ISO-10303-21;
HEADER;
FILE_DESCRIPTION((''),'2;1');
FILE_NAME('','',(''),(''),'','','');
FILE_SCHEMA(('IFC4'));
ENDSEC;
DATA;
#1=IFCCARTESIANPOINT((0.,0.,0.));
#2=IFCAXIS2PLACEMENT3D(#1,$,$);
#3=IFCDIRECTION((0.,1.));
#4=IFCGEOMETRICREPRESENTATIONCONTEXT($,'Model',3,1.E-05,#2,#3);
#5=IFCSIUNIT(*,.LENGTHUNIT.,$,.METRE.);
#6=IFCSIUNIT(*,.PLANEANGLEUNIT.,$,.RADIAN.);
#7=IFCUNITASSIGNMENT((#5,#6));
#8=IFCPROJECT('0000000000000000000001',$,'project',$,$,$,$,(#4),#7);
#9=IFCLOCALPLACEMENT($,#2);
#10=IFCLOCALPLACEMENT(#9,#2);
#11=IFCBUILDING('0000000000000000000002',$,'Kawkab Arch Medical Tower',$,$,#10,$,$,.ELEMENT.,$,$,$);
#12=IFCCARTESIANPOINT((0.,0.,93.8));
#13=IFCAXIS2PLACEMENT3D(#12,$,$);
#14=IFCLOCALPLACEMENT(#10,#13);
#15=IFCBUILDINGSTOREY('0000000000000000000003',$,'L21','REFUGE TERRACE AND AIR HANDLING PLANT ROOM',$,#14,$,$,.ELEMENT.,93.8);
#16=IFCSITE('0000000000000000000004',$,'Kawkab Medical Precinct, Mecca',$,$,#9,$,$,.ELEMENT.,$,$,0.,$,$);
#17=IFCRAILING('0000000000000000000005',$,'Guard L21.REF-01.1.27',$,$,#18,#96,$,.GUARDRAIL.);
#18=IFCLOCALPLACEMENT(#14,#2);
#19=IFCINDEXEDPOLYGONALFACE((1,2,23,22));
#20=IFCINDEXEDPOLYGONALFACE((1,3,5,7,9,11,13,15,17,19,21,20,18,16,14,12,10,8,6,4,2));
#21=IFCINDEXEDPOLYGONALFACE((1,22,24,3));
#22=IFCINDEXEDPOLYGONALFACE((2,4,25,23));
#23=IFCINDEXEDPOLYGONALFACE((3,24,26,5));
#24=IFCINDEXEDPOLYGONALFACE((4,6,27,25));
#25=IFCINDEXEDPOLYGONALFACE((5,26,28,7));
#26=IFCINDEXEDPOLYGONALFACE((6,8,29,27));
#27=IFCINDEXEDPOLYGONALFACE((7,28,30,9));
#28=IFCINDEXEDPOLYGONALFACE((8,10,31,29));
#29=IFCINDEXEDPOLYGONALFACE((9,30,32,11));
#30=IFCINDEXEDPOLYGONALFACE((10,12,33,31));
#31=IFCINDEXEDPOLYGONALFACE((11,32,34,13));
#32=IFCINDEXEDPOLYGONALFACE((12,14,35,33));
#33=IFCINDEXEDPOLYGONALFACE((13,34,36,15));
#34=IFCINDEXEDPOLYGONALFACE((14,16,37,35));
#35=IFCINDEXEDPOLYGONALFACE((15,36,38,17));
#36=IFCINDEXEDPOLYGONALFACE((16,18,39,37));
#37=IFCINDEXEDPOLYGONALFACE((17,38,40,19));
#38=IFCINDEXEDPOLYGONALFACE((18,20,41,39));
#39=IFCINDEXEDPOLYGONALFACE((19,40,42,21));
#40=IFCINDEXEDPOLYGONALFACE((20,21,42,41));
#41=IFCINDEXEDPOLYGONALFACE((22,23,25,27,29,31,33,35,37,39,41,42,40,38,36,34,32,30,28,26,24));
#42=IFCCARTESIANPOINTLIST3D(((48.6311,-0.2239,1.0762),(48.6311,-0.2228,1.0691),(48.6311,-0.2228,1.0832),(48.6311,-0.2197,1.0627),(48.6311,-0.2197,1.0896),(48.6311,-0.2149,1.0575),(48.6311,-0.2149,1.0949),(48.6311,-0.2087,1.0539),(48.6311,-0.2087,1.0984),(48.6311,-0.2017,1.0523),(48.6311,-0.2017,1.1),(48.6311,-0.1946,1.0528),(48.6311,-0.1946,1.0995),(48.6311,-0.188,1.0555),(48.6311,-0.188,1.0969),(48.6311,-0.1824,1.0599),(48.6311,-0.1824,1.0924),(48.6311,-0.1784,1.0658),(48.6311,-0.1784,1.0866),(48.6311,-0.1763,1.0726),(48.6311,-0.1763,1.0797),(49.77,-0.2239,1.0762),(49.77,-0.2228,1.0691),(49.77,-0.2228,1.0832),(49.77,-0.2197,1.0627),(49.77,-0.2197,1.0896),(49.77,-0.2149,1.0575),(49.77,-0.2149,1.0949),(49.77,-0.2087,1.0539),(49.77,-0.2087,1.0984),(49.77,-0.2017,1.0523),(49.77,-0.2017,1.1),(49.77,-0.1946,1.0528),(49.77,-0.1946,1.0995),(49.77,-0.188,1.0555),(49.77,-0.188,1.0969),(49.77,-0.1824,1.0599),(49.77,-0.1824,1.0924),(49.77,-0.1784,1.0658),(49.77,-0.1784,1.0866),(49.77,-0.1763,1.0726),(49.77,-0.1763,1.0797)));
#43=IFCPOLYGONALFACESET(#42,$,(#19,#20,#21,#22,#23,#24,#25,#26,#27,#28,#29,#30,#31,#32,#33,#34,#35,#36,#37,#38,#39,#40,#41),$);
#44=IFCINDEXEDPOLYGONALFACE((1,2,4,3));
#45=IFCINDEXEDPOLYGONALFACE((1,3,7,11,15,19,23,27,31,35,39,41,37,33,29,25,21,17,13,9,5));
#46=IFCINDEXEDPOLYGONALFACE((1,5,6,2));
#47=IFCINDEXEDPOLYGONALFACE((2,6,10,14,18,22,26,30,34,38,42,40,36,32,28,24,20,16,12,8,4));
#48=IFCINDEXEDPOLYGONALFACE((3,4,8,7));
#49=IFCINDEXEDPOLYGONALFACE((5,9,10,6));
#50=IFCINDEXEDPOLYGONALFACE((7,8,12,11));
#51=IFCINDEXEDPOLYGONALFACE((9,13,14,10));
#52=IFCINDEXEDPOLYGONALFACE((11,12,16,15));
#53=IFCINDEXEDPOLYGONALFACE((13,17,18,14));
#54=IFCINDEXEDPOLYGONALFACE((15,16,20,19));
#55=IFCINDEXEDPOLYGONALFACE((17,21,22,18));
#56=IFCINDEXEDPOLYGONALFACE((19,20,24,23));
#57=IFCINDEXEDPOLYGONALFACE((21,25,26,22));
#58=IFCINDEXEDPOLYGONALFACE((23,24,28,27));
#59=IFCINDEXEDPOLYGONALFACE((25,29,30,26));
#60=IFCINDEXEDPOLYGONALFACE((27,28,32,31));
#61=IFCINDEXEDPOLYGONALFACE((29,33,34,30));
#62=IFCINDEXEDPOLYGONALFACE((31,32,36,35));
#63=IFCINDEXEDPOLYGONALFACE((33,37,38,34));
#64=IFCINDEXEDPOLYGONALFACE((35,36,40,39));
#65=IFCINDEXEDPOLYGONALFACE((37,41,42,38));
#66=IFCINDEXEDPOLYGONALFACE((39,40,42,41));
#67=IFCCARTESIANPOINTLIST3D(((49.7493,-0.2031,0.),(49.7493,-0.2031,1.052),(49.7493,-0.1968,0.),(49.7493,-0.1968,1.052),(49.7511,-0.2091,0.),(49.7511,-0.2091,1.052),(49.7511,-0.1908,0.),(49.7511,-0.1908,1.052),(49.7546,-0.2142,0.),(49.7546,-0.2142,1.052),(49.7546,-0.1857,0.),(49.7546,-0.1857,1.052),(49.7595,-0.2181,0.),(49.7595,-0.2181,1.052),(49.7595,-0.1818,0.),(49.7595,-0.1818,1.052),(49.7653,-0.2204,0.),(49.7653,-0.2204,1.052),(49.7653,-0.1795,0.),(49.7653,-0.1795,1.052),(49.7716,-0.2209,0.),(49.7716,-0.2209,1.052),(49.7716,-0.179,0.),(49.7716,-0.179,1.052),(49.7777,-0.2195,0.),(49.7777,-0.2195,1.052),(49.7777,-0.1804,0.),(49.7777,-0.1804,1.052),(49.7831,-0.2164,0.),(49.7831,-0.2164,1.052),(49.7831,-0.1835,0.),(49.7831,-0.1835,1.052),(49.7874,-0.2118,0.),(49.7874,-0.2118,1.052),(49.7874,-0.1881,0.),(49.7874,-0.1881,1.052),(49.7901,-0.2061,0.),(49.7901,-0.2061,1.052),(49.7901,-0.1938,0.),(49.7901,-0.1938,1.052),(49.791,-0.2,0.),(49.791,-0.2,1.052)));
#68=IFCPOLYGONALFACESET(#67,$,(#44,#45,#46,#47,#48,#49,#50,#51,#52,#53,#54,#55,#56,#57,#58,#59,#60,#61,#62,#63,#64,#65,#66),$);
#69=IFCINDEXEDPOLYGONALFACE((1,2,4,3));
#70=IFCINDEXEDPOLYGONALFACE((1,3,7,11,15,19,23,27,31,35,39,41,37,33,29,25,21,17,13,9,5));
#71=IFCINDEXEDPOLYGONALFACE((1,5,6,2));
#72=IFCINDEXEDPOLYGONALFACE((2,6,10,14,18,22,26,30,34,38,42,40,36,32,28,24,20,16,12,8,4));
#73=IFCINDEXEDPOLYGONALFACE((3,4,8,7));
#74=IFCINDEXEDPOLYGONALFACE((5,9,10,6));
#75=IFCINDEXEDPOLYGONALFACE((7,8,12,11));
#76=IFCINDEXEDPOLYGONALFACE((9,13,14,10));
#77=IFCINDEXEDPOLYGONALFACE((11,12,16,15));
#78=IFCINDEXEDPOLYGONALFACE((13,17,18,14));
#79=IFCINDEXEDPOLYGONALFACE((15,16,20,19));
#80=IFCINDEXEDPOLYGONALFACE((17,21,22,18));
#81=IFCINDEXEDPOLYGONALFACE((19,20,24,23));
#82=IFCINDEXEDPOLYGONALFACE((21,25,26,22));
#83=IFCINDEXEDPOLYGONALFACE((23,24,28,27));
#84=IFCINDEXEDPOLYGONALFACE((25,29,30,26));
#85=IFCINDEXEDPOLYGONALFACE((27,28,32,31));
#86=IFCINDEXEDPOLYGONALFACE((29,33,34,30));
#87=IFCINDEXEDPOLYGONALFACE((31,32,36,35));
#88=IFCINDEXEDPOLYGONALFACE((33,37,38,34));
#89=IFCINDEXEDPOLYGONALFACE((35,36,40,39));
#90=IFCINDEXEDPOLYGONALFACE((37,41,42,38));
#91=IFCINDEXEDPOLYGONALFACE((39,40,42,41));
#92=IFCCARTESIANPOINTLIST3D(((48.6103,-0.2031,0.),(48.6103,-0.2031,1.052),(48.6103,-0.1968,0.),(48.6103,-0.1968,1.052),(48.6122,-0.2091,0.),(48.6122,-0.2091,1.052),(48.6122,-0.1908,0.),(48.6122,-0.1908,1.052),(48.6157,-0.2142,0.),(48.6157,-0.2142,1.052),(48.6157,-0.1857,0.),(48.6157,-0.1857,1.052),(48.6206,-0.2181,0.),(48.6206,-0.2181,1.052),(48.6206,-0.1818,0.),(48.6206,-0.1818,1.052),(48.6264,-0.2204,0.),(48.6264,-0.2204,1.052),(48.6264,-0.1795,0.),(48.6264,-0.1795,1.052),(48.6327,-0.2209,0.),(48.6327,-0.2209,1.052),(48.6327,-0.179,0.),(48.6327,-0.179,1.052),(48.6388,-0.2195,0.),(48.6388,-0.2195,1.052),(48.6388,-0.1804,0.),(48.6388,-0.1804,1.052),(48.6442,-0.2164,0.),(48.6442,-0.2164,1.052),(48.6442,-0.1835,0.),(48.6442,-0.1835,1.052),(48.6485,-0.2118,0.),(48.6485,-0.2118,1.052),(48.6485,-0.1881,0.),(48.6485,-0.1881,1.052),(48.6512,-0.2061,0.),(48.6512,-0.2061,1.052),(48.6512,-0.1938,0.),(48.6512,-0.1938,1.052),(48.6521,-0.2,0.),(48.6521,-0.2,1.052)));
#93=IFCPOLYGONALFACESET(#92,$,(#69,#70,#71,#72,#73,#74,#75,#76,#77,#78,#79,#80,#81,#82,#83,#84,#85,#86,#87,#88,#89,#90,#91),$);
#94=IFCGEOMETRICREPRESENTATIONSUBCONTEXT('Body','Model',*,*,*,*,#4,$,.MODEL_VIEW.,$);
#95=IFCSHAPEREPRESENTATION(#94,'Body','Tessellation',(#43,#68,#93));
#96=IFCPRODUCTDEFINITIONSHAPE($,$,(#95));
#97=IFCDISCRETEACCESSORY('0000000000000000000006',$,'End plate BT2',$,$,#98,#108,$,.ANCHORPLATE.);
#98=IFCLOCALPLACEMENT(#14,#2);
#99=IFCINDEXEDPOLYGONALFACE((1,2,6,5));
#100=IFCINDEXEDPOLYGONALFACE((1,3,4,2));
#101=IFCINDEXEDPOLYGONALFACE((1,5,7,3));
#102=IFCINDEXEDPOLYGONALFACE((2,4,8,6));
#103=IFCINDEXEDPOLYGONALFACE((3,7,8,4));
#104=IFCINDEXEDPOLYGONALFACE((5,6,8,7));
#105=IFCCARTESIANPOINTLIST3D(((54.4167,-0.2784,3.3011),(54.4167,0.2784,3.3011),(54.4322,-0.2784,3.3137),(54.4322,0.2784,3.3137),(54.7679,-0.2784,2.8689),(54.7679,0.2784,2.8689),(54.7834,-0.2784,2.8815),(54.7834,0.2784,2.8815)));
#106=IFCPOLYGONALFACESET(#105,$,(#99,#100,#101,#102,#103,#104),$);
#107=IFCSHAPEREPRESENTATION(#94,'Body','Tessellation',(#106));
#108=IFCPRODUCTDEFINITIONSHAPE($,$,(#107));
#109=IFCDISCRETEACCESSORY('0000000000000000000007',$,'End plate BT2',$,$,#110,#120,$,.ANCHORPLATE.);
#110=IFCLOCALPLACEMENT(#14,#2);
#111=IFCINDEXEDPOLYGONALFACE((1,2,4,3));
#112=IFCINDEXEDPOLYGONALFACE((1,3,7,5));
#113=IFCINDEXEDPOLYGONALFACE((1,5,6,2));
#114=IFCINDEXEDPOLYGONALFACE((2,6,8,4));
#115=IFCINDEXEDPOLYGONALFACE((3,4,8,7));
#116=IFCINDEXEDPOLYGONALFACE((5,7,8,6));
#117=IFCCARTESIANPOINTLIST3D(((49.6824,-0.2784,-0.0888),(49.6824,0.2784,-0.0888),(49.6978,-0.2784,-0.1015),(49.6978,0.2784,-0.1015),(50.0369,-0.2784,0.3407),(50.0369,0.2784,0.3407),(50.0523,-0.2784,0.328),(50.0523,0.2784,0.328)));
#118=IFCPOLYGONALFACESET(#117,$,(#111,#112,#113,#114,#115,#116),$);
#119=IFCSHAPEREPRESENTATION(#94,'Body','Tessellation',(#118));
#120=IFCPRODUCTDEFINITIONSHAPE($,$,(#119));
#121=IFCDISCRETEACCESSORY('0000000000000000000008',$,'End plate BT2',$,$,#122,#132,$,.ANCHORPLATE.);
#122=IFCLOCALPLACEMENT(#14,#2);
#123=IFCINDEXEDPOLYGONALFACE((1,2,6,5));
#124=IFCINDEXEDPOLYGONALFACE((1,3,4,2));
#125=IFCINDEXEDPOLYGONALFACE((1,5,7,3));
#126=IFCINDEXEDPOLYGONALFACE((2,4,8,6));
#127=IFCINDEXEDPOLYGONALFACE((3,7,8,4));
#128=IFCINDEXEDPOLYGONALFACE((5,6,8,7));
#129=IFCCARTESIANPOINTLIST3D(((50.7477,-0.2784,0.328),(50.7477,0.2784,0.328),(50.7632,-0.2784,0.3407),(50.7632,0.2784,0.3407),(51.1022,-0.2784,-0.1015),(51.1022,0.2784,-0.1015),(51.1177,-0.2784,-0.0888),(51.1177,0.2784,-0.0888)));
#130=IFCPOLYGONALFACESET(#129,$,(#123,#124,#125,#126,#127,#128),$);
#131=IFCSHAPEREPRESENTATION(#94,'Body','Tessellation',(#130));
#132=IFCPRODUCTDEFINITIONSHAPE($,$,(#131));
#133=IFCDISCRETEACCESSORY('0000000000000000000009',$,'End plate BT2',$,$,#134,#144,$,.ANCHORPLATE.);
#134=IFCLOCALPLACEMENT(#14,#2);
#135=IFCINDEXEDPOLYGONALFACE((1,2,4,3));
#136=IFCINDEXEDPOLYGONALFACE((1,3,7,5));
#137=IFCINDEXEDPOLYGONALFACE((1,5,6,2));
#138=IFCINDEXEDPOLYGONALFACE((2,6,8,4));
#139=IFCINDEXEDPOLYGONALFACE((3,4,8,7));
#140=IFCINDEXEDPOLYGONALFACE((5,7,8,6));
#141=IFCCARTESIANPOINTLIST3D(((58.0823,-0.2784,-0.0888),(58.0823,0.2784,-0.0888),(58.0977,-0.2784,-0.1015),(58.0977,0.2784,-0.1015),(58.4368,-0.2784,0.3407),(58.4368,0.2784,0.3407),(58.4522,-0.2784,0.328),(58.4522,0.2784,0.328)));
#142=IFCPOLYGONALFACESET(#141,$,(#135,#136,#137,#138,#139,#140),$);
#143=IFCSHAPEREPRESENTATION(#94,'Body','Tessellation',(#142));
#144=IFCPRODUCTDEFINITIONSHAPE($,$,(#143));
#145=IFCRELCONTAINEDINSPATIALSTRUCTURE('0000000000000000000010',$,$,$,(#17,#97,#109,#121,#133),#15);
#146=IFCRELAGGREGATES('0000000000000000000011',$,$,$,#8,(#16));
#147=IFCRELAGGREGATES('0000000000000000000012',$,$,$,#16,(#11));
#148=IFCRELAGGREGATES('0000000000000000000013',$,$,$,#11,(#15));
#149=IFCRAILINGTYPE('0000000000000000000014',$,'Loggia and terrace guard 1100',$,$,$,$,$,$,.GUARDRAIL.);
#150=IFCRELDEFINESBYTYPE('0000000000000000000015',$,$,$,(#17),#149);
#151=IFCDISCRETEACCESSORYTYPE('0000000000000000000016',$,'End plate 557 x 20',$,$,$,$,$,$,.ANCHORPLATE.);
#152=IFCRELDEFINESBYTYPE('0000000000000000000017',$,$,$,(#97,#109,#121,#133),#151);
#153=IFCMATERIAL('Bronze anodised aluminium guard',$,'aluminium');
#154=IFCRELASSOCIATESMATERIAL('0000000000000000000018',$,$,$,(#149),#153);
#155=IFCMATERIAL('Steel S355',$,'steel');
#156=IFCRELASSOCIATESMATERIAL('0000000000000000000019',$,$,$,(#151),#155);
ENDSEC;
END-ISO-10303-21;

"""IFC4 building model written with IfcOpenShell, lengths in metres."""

from ifc_helpers import new_model, si_unit, direction, frame, origin, origin_2d, place, context, subcontext, project, spatial, rectangle, circle, extrude, material, material_profile, profile_set, type_object, element, save


model = new_model("IFC4")

# Units and contexts
model_context = context("Model", 3, precision=1e-05, world=origin(), true_north=direction((0.0, 1.0)))
body_context = subcontext(model_context, "Body", "Model", "MODEL_VIEW")
ifc_project = project(units=[si_unit("LENGTHUNIT", "METRE"), si_unit("PLANEANGLEUNIT", "RADIAN")], contexts=[model_context])

# Site, building, storey
site_placement = place(None, origin())
site = spatial("IfcSite", under=ifc_project, at=site_placement, Name="Kawkab Medical Precinct, Mecca", CompositionType="ELEMENT", RefElevation=0.0)
building_placement = place(site_placement, origin())
building = spatial("IfcBuilding", under=site, at=building_placement, Name="Kawkab Arch Medical Tower", CompositionType="ELEMENT")
storey_placement = place(building_placement, frame((0.0, 0.0, 93.8)))
storey = spatial("IfcBuildingStorey", under=building, at=storey_placement, Name="L21", Description="REFUGE TERRACE AND AIR HANDLING PLANT ROOM", CompositionType="ELEMENT", Elevation=93.8)

# Railing
ifc_material_1 = material(Name="Bronze anodised aluminium guard", Category="aluminium")
railing_type = type_object("IfcRailingType", Name="Loggia and terrace guard 1100", PredefinedType="GUARDRAIL", material=ifc_material_1)
railing_1_placement = place(storey_placement, frame((49.77, -0.2, 0.0)))
element("IfcRailing", 1, at=railing_1_placement, inside=storey, type_object=railing_type, Name="Guard L21.REF-01.1.27", PredefinedType="GUARDRAIL", context=body_context, shape_type="SweptSolid", body=[
    extrude(circle(Radius=0.0239, at=origin_2d()), frame((0.0, 0.0, 1.0762), z_axis=(-1.0, 0.0, 0.0), x_axis=(0.0, -1.0, 0.0)), (0.0, 0.0, 1.0), 1.1389),
    extrude(circle(Radius=0.021, at=origin_2d()), origin(), (0.0, 0.0, 1.0), 1.052),
    extrude(circle(Radius=0.021, at=origin_2d()), frame((-1.1389, 0.0, 0.0)), (0.0, 0.0, 1.0), 1.052),
])

# Discrete accessories
ifc_material_2 = material(Name="Steel S355", Category="steel")
ifc_material_profile_1 = material_profile(ifc_material_2, rectangle(XDim=0.5569, YDim=0.5569, at=origin_2d()), Name="End plate 557 x 20")
ifc_profile_set_1 = profile_set([ifc_material_profile_1], Name="Steel S355")
discrete_accessory_type = type_object("IfcDiscreteAccessoryType", Name="End plate 557 x 20", PredefinedType="ANCHORPLATE", material=ifc_profile_set_1)
for number, where, z_axis, x_axis, name in (
    (2, (54.5923, 0.0, 3.085), (0.776114, 0.0, 0.630593), (0.0, 1.0, 0.0), "End plate BT2"),
    (3, (49.8596, 0.0, 0.126), (0.771223, 0.0, -0.636565), (0.0, 1.0, 0.0), "End plate BT2"),
    (4, (50.9404, 0.0, 0.126), (-0.771223, 0.0, -0.636565), (0.0, -1.0, 0.0), "End plate BT2"),
    (5, (58.2595, 0.0, 0.126), (0.771223, 0.0, -0.636565), (0.0, 1.0, 0.0), "End plate BT2"),
):
    element("IfcDiscreteAccessory", number, at=place(storey_placement, frame(where, z_axis=z_axis, x_axis=x_axis)), inside=storey, type_object=discrete_accessory_type, Name=name, PredefinedType="ANCHORPLATE", context=body_context, shape_type="SweptSolid", body=[
        extrude(rectangle(XDim=0.5569, YDim=0.5569, at=origin_2d()), origin(), (0.0, 0.0, 1.0), 0.02),
    ])

save(model, "model.ifc")
